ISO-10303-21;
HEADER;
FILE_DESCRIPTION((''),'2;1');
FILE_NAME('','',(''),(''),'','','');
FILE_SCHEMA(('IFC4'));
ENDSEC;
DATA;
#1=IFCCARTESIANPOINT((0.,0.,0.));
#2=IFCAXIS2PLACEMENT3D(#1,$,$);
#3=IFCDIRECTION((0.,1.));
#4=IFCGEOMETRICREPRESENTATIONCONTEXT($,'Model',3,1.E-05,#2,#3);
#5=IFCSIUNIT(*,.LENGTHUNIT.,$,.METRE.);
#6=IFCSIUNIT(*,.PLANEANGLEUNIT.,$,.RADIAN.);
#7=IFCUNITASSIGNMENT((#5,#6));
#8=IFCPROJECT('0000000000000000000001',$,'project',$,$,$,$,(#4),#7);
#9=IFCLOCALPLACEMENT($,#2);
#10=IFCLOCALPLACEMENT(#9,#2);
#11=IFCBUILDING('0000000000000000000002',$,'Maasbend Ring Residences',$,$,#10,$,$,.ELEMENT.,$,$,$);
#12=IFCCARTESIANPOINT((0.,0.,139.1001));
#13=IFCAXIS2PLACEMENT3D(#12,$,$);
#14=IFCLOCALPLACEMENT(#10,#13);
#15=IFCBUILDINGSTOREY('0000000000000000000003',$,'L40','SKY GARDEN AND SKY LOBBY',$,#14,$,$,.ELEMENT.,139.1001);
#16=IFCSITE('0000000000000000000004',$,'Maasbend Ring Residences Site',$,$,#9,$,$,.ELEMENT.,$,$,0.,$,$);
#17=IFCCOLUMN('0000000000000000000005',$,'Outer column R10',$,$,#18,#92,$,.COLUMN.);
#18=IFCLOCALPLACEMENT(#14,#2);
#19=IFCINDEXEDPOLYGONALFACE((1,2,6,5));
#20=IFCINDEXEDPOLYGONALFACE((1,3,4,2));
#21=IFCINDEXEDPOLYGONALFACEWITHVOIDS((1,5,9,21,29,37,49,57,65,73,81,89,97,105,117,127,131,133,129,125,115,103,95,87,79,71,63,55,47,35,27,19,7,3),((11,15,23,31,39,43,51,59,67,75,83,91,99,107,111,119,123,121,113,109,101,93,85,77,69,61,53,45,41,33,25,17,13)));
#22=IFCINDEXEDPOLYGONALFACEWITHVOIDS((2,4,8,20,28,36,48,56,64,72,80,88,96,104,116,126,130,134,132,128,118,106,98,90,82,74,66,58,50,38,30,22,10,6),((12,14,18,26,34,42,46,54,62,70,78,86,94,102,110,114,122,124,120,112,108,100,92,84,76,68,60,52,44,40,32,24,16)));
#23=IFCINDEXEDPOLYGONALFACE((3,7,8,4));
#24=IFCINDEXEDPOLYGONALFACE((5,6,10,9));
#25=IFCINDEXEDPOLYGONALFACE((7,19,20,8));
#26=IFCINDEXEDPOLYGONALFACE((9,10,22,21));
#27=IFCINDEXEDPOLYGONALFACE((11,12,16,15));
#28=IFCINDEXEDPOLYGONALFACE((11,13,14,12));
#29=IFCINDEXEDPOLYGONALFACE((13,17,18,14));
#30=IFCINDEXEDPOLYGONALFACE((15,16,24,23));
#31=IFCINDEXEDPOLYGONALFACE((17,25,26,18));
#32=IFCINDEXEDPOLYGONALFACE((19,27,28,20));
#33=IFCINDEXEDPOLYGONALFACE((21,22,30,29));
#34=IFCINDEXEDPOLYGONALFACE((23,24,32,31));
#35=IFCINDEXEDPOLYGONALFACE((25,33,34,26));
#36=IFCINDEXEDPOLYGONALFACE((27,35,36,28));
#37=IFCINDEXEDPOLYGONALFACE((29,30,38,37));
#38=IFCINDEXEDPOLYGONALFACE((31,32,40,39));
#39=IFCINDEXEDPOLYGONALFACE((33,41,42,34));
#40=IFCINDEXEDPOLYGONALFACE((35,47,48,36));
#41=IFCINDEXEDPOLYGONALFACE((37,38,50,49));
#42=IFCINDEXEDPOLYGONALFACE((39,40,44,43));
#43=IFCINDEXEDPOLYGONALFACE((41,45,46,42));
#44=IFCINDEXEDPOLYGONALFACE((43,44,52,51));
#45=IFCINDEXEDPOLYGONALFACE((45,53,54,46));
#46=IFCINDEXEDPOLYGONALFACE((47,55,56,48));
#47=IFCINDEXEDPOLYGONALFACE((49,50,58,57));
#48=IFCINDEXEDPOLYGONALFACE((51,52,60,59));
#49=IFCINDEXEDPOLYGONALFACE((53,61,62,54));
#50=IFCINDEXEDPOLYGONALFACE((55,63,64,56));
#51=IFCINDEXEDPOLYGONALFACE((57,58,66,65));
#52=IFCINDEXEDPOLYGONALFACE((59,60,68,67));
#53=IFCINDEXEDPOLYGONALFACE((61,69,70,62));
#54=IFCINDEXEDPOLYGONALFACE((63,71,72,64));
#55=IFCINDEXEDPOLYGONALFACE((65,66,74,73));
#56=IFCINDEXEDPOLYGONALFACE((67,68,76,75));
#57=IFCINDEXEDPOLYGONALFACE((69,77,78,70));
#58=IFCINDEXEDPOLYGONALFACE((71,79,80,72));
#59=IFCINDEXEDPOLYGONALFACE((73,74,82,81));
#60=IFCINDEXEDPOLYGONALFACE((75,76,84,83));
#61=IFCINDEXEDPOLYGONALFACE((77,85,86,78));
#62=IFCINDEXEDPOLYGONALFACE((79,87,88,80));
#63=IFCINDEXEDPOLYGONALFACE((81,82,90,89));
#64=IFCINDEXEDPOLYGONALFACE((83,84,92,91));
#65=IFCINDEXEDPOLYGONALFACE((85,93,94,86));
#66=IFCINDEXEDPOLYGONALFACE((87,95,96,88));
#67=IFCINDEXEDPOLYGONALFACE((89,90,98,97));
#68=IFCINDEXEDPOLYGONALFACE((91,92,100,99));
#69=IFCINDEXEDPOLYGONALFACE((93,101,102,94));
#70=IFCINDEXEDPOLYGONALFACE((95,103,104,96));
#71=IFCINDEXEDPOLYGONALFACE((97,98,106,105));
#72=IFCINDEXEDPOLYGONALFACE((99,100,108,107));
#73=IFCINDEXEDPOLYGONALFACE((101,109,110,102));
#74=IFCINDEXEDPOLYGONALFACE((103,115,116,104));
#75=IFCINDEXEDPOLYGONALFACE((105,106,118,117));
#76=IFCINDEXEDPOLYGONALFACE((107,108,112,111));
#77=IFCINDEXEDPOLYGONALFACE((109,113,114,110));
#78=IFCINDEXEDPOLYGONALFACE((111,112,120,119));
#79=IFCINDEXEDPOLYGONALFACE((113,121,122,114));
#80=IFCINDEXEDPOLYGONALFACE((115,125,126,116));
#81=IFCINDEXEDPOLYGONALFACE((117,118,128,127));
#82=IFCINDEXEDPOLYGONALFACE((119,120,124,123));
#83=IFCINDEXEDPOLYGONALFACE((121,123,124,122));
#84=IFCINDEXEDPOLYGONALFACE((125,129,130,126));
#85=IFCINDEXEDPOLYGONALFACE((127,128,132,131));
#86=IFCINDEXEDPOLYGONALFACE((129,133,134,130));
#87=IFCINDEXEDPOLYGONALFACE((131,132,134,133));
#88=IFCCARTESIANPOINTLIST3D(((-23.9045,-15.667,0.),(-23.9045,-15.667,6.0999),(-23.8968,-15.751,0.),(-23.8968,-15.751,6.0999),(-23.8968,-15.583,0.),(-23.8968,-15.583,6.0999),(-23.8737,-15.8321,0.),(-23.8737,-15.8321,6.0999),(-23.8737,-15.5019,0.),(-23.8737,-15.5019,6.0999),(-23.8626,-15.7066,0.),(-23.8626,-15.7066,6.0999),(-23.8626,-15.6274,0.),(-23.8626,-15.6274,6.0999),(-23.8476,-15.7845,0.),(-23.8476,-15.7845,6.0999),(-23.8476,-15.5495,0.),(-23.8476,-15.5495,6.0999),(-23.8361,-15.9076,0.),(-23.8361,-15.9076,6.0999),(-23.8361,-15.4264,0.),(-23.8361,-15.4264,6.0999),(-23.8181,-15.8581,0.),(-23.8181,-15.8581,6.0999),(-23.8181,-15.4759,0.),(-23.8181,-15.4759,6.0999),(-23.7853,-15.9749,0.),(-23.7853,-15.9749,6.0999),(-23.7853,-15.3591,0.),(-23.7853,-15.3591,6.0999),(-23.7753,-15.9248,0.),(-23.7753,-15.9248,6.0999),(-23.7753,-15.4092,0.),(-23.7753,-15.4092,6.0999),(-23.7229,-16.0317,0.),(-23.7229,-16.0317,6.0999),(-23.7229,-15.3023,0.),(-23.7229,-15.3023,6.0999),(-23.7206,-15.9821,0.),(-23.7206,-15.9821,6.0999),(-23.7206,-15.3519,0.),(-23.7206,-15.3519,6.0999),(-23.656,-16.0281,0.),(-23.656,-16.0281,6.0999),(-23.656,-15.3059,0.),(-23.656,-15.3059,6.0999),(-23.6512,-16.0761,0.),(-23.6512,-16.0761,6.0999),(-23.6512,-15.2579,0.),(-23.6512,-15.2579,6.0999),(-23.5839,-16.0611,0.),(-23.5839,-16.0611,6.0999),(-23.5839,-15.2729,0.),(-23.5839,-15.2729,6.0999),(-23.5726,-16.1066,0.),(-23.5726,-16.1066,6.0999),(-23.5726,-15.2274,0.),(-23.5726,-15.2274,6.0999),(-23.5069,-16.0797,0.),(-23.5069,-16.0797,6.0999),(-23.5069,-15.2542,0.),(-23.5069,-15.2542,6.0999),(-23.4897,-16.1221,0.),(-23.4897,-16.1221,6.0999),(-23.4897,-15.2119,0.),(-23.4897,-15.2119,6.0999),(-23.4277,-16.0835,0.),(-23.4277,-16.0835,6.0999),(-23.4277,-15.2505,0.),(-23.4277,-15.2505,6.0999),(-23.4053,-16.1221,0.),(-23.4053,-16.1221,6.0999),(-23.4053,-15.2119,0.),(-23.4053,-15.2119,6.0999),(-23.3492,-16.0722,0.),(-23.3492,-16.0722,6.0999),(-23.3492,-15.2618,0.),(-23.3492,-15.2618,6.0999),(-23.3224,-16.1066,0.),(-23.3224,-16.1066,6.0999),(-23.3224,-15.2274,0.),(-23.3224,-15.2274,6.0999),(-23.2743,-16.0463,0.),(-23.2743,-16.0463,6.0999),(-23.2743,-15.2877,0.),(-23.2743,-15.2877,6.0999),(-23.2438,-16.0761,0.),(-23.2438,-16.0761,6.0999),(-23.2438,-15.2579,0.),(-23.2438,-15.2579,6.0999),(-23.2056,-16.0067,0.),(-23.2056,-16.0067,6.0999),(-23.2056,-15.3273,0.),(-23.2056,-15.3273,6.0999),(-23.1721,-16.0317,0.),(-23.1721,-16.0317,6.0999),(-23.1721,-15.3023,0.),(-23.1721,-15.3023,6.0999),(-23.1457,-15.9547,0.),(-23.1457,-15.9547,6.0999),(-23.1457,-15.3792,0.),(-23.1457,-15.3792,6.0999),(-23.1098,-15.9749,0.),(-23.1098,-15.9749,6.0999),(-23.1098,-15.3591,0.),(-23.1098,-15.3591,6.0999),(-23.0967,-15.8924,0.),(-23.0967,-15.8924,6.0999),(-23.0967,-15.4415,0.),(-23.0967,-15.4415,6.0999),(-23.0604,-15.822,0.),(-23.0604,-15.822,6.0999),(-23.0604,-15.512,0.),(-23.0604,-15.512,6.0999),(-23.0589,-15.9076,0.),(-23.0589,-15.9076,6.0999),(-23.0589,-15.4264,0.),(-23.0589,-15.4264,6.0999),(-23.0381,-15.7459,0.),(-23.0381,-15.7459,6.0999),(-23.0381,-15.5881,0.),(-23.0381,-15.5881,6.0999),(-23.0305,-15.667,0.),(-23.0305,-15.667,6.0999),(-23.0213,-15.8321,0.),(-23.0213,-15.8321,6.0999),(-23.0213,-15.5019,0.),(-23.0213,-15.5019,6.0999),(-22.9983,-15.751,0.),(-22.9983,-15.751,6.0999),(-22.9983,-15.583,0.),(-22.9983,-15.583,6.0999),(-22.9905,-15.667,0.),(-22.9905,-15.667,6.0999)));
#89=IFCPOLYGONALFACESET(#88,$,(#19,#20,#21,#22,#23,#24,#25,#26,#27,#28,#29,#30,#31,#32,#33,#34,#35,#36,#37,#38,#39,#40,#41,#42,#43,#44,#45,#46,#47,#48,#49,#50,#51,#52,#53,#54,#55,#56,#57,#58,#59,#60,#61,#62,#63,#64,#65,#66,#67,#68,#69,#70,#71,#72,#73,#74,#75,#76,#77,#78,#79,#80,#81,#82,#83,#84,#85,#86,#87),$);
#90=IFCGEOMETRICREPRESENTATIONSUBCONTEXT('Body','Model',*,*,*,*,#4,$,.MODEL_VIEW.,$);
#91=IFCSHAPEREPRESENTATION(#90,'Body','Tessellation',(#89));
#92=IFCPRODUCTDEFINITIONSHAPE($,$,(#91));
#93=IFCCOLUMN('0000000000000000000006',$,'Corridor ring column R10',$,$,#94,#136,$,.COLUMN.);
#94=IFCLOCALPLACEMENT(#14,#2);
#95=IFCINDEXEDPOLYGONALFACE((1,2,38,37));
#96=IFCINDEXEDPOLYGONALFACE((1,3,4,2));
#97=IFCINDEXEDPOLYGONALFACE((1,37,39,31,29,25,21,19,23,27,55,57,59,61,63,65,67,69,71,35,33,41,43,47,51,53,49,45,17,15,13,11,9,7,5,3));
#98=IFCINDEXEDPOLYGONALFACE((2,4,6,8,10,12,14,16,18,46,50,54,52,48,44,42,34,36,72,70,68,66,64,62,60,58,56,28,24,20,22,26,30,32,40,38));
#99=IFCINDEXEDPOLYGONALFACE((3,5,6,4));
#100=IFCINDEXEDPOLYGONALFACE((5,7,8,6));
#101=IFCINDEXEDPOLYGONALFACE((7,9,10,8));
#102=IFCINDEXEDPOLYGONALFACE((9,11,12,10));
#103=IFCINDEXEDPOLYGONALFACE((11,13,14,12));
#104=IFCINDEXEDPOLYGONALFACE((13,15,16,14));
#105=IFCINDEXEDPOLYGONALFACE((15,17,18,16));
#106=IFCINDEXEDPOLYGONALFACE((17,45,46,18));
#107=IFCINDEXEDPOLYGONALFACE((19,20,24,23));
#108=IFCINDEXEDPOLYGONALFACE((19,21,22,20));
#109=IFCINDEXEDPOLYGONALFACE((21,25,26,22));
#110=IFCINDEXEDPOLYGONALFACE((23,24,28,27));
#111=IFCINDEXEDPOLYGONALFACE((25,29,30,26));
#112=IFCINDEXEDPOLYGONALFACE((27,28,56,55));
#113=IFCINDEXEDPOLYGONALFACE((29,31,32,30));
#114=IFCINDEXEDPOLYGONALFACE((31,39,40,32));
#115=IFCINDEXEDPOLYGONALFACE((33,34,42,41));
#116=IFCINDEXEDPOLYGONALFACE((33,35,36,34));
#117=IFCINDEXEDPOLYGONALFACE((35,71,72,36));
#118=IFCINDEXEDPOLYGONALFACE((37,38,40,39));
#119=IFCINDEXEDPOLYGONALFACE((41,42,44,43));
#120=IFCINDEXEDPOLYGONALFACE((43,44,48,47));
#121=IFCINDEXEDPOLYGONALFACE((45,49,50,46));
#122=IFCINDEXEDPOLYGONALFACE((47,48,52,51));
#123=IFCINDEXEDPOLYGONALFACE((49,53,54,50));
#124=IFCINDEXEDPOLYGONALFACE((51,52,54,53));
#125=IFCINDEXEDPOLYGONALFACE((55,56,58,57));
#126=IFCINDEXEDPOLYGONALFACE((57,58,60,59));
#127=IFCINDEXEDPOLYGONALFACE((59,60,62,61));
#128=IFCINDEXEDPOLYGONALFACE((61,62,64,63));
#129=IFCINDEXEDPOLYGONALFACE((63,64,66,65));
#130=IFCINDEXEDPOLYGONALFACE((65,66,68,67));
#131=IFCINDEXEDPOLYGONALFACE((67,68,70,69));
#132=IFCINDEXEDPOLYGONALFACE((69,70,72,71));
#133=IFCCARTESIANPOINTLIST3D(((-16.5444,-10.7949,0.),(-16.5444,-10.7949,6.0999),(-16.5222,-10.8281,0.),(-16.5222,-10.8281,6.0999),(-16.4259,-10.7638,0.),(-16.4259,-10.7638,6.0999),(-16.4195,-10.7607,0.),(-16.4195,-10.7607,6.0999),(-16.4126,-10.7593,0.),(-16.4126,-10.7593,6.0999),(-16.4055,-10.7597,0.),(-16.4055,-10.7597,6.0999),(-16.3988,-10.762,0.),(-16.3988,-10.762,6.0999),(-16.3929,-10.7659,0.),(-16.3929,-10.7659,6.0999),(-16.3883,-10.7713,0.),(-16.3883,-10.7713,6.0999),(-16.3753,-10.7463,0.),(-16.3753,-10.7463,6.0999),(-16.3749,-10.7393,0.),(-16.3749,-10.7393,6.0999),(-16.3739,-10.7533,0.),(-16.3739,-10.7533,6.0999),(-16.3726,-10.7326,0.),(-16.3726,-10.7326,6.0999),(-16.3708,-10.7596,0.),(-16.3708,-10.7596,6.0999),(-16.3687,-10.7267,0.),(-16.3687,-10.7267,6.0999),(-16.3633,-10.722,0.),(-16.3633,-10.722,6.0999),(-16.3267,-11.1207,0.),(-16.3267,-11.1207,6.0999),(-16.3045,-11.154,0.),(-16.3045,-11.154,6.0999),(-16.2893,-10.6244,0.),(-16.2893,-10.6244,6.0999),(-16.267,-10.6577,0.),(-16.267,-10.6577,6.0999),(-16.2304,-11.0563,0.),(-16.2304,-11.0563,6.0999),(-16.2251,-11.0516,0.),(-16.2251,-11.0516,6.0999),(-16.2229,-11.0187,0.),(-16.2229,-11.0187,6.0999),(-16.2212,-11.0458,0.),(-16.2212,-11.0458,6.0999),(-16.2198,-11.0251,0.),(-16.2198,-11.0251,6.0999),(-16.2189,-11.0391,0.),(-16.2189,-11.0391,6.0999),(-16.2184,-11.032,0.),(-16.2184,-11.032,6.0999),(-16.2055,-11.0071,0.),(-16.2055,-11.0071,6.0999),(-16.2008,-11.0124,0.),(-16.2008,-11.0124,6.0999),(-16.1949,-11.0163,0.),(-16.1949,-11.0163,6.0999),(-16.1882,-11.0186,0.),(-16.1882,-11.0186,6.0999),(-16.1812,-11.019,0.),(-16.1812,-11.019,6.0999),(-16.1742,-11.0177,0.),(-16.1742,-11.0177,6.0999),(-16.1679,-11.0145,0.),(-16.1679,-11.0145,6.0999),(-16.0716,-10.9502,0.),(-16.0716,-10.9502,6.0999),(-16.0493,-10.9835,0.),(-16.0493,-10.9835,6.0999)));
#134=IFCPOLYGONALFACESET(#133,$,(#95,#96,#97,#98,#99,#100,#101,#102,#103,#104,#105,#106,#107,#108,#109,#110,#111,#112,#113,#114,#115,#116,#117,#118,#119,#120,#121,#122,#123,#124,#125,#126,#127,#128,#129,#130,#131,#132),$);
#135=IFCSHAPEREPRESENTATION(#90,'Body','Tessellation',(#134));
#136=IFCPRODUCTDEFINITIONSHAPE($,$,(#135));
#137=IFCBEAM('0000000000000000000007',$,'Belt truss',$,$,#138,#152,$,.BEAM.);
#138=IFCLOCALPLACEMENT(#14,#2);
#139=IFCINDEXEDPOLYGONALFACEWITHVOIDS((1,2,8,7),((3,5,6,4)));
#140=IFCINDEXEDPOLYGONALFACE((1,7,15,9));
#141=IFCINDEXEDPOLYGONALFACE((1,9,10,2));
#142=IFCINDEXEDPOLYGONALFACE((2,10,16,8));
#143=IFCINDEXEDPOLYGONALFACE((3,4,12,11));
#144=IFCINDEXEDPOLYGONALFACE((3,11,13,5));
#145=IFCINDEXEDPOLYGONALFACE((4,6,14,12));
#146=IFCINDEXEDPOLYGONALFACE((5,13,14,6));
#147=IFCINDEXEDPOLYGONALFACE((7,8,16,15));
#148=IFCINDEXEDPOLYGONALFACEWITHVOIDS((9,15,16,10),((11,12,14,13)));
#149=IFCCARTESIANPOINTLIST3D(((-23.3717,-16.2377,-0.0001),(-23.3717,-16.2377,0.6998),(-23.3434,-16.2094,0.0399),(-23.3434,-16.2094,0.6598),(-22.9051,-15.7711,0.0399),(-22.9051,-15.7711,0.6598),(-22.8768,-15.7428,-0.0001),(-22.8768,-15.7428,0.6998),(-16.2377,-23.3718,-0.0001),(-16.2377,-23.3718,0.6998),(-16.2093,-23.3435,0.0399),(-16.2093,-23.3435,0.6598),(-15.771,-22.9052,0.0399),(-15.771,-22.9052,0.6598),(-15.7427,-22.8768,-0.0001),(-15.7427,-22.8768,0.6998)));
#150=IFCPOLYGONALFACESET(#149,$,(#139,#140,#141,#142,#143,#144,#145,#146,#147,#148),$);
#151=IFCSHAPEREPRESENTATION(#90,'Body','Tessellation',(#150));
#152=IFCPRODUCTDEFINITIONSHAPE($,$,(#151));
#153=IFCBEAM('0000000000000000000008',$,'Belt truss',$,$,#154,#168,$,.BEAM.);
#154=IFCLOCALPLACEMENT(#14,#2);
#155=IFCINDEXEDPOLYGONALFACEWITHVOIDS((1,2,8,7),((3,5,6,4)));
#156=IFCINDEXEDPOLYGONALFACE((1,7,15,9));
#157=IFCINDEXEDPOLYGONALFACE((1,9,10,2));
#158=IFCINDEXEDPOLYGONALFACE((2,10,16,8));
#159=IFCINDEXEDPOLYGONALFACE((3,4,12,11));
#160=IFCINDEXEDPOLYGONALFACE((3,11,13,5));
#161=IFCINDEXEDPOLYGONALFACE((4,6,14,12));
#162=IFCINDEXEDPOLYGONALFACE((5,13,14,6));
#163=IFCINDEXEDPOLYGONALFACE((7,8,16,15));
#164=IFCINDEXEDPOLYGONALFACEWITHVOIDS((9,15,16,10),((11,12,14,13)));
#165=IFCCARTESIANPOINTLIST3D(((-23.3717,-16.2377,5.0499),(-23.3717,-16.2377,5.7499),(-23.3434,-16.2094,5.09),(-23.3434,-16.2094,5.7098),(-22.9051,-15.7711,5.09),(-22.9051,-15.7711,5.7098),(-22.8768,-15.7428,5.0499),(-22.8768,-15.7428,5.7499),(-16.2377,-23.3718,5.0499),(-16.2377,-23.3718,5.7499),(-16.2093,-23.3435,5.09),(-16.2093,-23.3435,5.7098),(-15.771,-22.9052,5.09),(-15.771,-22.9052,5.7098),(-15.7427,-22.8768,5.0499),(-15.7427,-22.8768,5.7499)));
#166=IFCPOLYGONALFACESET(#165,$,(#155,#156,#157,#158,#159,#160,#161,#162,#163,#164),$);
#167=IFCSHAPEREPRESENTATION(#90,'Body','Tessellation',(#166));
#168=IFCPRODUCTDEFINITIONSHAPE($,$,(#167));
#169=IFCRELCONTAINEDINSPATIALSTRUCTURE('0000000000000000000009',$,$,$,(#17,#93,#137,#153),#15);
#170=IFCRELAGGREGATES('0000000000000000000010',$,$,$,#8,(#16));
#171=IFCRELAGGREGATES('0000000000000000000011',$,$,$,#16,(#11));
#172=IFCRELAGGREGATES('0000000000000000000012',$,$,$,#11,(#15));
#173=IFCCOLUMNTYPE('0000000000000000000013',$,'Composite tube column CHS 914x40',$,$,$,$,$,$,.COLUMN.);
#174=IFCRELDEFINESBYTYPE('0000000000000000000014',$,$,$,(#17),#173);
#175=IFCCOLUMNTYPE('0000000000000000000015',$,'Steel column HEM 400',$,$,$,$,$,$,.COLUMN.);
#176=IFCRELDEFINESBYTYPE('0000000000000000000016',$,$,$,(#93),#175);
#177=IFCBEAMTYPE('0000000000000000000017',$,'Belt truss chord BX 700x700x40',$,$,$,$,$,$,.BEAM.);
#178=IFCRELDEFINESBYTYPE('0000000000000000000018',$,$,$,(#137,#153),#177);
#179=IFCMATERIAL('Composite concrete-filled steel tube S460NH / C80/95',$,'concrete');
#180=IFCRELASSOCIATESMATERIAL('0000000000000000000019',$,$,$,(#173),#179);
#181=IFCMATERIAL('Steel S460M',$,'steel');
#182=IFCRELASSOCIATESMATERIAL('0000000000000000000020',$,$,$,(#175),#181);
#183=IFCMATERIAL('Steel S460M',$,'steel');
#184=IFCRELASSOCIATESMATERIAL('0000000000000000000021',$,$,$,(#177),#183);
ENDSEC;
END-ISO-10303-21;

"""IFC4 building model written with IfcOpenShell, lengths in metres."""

from ifc_helpers import new_model, si_unit, direction, frame, origin, origin_2d, place, context, subcontext, project, spatial, hollow_rectangle, hollow_circle, i_section, extrude, material, material_profile, profile_set, type_object, element, save


model = new_model("IFC4")

# Units and contexts
model_context = context("Model", 3, precision=1e-05, world=origin(), true_north=direction((0.0, 1.0)))
body_context = subcontext(model_context, "Body", "Model", "MODEL_VIEW")
ifc_project = project(units=[si_unit("LENGTHUNIT", "METRE"), si_unit("PLANEANGLEUNIT", "RADIAN")], contexts=[model_context])

# Site, building, storey
site_placement = place(None, origin())
site = spatial("IfcSite", under=ifc_project, at=site_placement, Name="Maasbend Ring Residences Site", CompositionType="ELEMENT", RefElevation=0.0)
building_placement = place(site_placement, origin())
building = spatial("IfcBuilding", under=site, at=building_placement, Name="Maasbend Ring Residences", CompositionType="ELEMENT")
storey_placement = place(building_placement, frame((0.0, 0.0, 139.1001)))
storey = spatial("IfcBuildingStorey", under=building, at=storey_placement, Name="L40", Description="SKY GARDEN AND SKY LOBBY", CompositionType="ELEMENT", Elevation=139.1001)

# Columns
ifc_material_1 = material(Name="Composite concrete-filled steel tube S460NH / C80/95", Category="concrete")
ifc_material_profile_1 = material_profile(ifc_material_1, hollow_circle(Radius=0.457, WallThickness=0.04, at=origin_2d()), Name="Composite tube column CHS 914x40")
ifc_profile_set_1 = profile_set([ifc_material_profile_1], Name="Composite concrete-filled steel tube S460NH / C80/95")
column_type_1 = type_object("IfcColumnType", Name="Composite tube column CHS 914x40", PredefinedType="COLUMN", material=ifc_profile_set_1)
column_1_placement = place(storey_placement, frame((-23.4475, -15.667, 0.0), z_axis=(0.0, 0.0, 1.0), x_axis=(1.0, 0.0, 0.0)))
element("IfcColumn", 1, at=column_1_placement, inside=storey, type_object=column_type_1, Name="Outer column R10", PredefinedType="COLUMN", context=body_context, shape_type="SweptSolid", body=[
    extrude(hollow_circle(Radius=0.457, WallThickness=0.04, at=origin_2d()), origin(), (0.0, 0.0, 1.0), 6.0999),
])
ifc_material_2 = material(Name="Steel S460M", Category="steel")
ifc_material_profile_2 = material_profile(ifc_material_2, i_section(OverallWidth=0.3069, OverallDepth=0.4319, WebThickness=0.021, FlangeThickness=0.04, FilletRadius=0.0271, at=origin_2d()), Name="HEM 400")
ifc_profile_set_2 = profile_set([ifc_material_profile_2], Name="Steel S460M")
column_type_2 = type_object("IfcColumnType", Name="Steel column HEM 400", PredefinedType="COLUMN", material=ifc_profile_set_2)
column_2_placement = place(storey_placement, frame((-16.2969, -10.8892, 0.0), z_axis=(0.0, 0.0, 1.0), x_axis=(-0.83147, -0.55557, 0.0)))
element("IfcColumn", 2, at=column_2_placement, inside=storey, type_object=column_type_2, Name="Corridor ring column R10", PredefinedType="COLUMN", context=body_context, shape_type="SweptSolid", body=[
    extrude(i_section(OverallWidth=0.3069, OverallDepth=0.4319, WebThickness=0.021, FlangeThickness=0.04, FilletRadius=0.0271, at=origin_2d()), origin(), (0.0, 0.0, 1.0), 6.0999),
])

# Beams
ifc_material_3 = material(Name="Steel S460M", Category="steel")
ifc_material_profile_3 = material_profile(ifc_material_3, hollow_rectangle(XDim=0.7, YDim=0.7, WallThickness=0.04, at=origin_2d()), Name="Belt truss chord BX 700x700x40")
ifc_profile_set_3 = profile_set([ifc_material_profile_3], Name="Steel S460M")
beam_type_1 = type_object("IfcBeamType", Name="Belt truss chord BX 700x700x40", PredefinedType="BEAM", material=ifc_profile_set_3)
for number, where, z_axis, x_axis, name in (
    (3, (-23.1243, -15.9902, 0.3499), (0.707107, -0.707107, 0.0), (0.707107, 0.707107, 0.0), "Belt truss"),
    (4, (-23.1243, -15.9902, 5.3999), (0.707107, -0.707107, 0.0), (0.707107, 0.707107, 0.0), "Belt truss"),
):
    element("IfcBeam", number, at=place(storey_placement, frame(where, z_axis=z_axis, x_axis=x_axis)), inside=storey, type_object=beam_type_1, Name=name, PredefinedType="BEAM", context=body_context, shape_type="SweptSolid", body=[
        extrude(hollow_rectangle(XDim=0.7, YDim=0.7, WallThickness=0.04, at=origin_2d()), origin(), (0.0, 0.0, 1.0), 10.0891),
    ])

save(model, "model.ifc")
